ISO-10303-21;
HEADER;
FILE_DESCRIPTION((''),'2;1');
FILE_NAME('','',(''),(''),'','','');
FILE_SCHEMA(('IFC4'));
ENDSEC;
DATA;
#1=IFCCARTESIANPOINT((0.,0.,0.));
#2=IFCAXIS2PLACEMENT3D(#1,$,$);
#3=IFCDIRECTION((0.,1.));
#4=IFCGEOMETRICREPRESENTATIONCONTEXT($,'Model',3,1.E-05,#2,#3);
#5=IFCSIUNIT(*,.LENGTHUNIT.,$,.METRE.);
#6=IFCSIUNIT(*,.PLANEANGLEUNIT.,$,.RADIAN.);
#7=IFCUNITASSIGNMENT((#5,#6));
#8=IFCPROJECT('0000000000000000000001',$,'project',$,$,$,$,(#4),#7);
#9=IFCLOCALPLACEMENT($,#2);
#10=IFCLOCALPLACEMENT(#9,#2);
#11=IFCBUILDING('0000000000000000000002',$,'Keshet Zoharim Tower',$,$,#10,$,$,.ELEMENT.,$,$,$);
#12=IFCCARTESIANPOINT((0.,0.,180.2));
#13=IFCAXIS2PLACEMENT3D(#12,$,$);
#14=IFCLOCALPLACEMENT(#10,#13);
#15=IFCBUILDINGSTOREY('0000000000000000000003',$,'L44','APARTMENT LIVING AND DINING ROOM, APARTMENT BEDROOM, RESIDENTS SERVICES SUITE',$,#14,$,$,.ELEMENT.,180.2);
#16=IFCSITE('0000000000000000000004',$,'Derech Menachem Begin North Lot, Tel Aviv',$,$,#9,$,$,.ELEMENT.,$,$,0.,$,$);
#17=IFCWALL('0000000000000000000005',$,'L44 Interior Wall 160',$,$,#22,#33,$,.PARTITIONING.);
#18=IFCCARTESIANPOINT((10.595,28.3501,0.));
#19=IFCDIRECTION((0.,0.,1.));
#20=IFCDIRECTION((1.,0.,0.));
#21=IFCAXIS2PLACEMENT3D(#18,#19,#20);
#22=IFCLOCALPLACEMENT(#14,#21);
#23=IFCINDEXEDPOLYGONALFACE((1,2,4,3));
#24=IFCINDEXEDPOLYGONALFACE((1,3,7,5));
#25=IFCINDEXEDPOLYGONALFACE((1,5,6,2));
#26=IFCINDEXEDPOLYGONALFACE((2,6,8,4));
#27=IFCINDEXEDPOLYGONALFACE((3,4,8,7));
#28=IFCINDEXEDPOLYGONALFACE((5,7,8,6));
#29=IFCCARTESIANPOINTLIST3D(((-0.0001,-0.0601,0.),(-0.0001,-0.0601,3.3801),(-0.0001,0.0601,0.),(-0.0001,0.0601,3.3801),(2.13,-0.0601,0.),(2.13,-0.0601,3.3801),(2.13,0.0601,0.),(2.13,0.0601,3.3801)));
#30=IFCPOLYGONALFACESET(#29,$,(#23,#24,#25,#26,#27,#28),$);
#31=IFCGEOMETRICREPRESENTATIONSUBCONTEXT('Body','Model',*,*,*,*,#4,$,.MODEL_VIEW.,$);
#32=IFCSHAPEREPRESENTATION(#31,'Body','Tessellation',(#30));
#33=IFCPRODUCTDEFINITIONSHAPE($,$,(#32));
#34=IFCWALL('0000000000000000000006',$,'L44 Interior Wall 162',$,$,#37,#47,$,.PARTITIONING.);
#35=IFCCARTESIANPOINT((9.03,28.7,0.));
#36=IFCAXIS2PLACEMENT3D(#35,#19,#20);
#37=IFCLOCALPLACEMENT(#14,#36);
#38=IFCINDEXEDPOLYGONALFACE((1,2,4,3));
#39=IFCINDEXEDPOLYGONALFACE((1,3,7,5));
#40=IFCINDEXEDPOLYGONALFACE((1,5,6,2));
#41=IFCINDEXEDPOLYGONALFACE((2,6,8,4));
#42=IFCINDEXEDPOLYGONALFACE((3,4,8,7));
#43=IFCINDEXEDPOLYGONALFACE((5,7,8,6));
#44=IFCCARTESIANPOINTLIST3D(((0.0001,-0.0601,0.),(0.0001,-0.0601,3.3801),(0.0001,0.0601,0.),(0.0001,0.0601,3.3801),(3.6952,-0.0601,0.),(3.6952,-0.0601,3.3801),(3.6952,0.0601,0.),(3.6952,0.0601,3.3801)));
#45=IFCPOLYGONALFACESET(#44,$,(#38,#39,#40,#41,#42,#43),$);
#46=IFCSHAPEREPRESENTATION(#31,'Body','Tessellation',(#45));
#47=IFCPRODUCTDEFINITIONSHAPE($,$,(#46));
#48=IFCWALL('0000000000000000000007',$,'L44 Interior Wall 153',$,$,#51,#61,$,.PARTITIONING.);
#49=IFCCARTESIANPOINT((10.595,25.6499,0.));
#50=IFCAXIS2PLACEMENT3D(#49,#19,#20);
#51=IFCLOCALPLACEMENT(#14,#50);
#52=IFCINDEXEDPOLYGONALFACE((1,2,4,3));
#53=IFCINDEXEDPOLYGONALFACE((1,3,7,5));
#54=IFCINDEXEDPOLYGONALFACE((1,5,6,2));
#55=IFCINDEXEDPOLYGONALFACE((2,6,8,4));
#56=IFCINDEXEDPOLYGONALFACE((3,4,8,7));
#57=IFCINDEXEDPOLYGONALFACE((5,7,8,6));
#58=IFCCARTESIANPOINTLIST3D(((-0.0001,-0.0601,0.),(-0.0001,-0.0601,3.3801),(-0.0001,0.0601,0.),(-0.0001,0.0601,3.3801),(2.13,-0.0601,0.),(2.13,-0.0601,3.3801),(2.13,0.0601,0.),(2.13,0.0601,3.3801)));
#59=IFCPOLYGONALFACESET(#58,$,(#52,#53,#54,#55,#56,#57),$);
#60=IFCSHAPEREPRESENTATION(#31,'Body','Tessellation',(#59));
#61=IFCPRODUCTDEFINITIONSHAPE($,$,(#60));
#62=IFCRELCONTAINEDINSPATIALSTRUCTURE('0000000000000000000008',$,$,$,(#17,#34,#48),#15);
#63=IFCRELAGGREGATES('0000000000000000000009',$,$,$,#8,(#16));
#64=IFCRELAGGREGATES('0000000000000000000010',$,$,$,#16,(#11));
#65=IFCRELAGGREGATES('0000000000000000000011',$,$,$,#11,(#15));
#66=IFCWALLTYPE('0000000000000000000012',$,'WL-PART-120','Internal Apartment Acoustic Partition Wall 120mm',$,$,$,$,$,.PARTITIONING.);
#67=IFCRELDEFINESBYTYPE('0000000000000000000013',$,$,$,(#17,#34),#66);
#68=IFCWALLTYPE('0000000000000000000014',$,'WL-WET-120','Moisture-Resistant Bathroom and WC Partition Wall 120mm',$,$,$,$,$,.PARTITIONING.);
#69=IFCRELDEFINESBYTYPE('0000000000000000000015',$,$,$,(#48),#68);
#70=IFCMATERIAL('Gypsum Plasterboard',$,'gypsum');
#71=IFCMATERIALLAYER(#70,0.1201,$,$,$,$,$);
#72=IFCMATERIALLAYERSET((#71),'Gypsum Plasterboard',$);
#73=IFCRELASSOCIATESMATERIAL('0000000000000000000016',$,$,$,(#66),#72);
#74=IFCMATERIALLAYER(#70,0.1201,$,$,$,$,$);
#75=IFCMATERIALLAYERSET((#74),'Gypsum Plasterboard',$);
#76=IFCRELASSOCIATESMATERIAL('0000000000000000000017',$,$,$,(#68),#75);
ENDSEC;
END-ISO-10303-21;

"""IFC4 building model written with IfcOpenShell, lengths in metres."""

from ifc_helpers import new_model, si_unit, direction, frame, frame_2d, origin, place, context, subcontext, project, spatial, rectangle, extrude, material, layer, layer_set, type_object, element, save


model = new_model("IFC4")

# Units and contexts
model_context = context("Model", 3, precision=1e-05, world=origin(), true_north=direction((0.0, 1.0)))
body_context = subcontext(model_context, "Body", "Model", "MODEL_VIEW")
ifc_project = project(units=[si_unit("LENGTHUNIT", "METRE"), si_unit("PLANEANGLEUNIT", "RADIAN")], contexts=[model_context])

# Site, building, storey
site_placement = place(None, origin())
site = spatial("IfcSite", under=ifc_project, at=site_placement, Name="Derech Menachem Begin North Lot, Tel Aviv", CompositionType="ELEMENT", RefElevation=0.0)
building_placement = place(site_placement, origin())
building = spatial("IfcBuilding", under=site, at=building_placement, Name="Keshet Zoharim Tower", CompositionType="ELEMENT")
storey_placement = place(building_placement, frame((0.0, 0.0, 180.2)))
storey = spatial("IfcBuildingStorey", under=building, at=storey_placement, Name="L44", Description="APARTMENT LIVING AND DINING ROOM, APARTMENT BEDROOM, RESIDENTS SERVICES SUITE", CompositionType="ELEMENT", Elevation=180.2)

# Shared definitions
ifc_material_1 = material(Name="Gypsum Plasterboard", Category="gypsum")

# Shared definitions
ifc_layer_1 = layer(ifc_material_1, 0.1201)
ifc_layer_set_1 = layer_set([ifc_layer_1], Name="Gypsum Plasterboard")
wall_type_1 = type_object("IfcWallType", Name="WL-PART-120", Description="Internal Apartment Acoustic Partition Wall 120mm", PredefinedType="PARTITIONING", material=ifc_layer_set_1)

# Walls
wall_1_placement = place(storey_placement, frame((10.595, 28.3501, 0.0), z_axis=(0.0, 0.0, 1.0), x_axis=(1.0, 0.0, 0.0)))
element("IfcWall", 1, at=wall_1_placement, inside=storey, type_object=wall_type_1, Name="L44 Interior Wall 160", PredefinedType="PARTITIONING", context=body_context, shape_type="SweptSolid", body=[
    extrude(rectangle(XDim=2.1301, YDim=0.1201, at=frame_2d((1.0649, 0.0))), origin(), (0.0, 0.0, 1.0), 3.3801),
])
wall_2_placement = place(storey_placement, frame((9.03, 28.7, 0.0), z_axis=(0.0, 0.0, 1.0), x_axis=(1.0, 0.0, 0.0)))
element("IfcWall", 2, at=wall_2_placement, inside=storey, type_object=wall_type_1, Name="L44 Interior Wall 162", PredefinedType="PARTITIONING", context=body_context, shape_type="SweptSolid", body=[
    extrude(rectangle(XDim=3.6951, YDim=0.1201, at=frame_2d((1.8477, 0.0))), origin(), (0.0, 0.0, 1.0), 3.3801),
])

# Wall
ifc_layer_2 = layer(ifc_material_1, 0.1201)
ifc_layer_set_2 = layer_set([ifc_layer_2], Name="Gypsum Plasterboard")
wall_type_2 = type_object("IfcWallType", Name="WL-WET-120", Description="Moisture-Resistant Bathroom and WC Partition Wall 120mm", PredefinedType="PARTITIONING", material=ifc_layer_set_2)
wall_3_placement = place(storey_placement, frame((10.595, 25.6499, 0.0), z_axis=(0.0, 0.0, 1.0), x_axis=(1.0, 0.0, 0.0)))
element("IfcWall", 3, at=wall_3_placement, inside=storey, type_object=wall_type_2, Name="L44 Interior Wall 153", PredefinedType="PARTITIONING", context=body_context, shape_type="SweptSolid", body=[
    extrude(rectangle(XDim=2.1301, YDim=0.1201, at=frame_2d((1.0649, 0.0))), origin(), (0.0, 0.0, 1.0), 3.3801),
])

save(model, "model.ifc")
